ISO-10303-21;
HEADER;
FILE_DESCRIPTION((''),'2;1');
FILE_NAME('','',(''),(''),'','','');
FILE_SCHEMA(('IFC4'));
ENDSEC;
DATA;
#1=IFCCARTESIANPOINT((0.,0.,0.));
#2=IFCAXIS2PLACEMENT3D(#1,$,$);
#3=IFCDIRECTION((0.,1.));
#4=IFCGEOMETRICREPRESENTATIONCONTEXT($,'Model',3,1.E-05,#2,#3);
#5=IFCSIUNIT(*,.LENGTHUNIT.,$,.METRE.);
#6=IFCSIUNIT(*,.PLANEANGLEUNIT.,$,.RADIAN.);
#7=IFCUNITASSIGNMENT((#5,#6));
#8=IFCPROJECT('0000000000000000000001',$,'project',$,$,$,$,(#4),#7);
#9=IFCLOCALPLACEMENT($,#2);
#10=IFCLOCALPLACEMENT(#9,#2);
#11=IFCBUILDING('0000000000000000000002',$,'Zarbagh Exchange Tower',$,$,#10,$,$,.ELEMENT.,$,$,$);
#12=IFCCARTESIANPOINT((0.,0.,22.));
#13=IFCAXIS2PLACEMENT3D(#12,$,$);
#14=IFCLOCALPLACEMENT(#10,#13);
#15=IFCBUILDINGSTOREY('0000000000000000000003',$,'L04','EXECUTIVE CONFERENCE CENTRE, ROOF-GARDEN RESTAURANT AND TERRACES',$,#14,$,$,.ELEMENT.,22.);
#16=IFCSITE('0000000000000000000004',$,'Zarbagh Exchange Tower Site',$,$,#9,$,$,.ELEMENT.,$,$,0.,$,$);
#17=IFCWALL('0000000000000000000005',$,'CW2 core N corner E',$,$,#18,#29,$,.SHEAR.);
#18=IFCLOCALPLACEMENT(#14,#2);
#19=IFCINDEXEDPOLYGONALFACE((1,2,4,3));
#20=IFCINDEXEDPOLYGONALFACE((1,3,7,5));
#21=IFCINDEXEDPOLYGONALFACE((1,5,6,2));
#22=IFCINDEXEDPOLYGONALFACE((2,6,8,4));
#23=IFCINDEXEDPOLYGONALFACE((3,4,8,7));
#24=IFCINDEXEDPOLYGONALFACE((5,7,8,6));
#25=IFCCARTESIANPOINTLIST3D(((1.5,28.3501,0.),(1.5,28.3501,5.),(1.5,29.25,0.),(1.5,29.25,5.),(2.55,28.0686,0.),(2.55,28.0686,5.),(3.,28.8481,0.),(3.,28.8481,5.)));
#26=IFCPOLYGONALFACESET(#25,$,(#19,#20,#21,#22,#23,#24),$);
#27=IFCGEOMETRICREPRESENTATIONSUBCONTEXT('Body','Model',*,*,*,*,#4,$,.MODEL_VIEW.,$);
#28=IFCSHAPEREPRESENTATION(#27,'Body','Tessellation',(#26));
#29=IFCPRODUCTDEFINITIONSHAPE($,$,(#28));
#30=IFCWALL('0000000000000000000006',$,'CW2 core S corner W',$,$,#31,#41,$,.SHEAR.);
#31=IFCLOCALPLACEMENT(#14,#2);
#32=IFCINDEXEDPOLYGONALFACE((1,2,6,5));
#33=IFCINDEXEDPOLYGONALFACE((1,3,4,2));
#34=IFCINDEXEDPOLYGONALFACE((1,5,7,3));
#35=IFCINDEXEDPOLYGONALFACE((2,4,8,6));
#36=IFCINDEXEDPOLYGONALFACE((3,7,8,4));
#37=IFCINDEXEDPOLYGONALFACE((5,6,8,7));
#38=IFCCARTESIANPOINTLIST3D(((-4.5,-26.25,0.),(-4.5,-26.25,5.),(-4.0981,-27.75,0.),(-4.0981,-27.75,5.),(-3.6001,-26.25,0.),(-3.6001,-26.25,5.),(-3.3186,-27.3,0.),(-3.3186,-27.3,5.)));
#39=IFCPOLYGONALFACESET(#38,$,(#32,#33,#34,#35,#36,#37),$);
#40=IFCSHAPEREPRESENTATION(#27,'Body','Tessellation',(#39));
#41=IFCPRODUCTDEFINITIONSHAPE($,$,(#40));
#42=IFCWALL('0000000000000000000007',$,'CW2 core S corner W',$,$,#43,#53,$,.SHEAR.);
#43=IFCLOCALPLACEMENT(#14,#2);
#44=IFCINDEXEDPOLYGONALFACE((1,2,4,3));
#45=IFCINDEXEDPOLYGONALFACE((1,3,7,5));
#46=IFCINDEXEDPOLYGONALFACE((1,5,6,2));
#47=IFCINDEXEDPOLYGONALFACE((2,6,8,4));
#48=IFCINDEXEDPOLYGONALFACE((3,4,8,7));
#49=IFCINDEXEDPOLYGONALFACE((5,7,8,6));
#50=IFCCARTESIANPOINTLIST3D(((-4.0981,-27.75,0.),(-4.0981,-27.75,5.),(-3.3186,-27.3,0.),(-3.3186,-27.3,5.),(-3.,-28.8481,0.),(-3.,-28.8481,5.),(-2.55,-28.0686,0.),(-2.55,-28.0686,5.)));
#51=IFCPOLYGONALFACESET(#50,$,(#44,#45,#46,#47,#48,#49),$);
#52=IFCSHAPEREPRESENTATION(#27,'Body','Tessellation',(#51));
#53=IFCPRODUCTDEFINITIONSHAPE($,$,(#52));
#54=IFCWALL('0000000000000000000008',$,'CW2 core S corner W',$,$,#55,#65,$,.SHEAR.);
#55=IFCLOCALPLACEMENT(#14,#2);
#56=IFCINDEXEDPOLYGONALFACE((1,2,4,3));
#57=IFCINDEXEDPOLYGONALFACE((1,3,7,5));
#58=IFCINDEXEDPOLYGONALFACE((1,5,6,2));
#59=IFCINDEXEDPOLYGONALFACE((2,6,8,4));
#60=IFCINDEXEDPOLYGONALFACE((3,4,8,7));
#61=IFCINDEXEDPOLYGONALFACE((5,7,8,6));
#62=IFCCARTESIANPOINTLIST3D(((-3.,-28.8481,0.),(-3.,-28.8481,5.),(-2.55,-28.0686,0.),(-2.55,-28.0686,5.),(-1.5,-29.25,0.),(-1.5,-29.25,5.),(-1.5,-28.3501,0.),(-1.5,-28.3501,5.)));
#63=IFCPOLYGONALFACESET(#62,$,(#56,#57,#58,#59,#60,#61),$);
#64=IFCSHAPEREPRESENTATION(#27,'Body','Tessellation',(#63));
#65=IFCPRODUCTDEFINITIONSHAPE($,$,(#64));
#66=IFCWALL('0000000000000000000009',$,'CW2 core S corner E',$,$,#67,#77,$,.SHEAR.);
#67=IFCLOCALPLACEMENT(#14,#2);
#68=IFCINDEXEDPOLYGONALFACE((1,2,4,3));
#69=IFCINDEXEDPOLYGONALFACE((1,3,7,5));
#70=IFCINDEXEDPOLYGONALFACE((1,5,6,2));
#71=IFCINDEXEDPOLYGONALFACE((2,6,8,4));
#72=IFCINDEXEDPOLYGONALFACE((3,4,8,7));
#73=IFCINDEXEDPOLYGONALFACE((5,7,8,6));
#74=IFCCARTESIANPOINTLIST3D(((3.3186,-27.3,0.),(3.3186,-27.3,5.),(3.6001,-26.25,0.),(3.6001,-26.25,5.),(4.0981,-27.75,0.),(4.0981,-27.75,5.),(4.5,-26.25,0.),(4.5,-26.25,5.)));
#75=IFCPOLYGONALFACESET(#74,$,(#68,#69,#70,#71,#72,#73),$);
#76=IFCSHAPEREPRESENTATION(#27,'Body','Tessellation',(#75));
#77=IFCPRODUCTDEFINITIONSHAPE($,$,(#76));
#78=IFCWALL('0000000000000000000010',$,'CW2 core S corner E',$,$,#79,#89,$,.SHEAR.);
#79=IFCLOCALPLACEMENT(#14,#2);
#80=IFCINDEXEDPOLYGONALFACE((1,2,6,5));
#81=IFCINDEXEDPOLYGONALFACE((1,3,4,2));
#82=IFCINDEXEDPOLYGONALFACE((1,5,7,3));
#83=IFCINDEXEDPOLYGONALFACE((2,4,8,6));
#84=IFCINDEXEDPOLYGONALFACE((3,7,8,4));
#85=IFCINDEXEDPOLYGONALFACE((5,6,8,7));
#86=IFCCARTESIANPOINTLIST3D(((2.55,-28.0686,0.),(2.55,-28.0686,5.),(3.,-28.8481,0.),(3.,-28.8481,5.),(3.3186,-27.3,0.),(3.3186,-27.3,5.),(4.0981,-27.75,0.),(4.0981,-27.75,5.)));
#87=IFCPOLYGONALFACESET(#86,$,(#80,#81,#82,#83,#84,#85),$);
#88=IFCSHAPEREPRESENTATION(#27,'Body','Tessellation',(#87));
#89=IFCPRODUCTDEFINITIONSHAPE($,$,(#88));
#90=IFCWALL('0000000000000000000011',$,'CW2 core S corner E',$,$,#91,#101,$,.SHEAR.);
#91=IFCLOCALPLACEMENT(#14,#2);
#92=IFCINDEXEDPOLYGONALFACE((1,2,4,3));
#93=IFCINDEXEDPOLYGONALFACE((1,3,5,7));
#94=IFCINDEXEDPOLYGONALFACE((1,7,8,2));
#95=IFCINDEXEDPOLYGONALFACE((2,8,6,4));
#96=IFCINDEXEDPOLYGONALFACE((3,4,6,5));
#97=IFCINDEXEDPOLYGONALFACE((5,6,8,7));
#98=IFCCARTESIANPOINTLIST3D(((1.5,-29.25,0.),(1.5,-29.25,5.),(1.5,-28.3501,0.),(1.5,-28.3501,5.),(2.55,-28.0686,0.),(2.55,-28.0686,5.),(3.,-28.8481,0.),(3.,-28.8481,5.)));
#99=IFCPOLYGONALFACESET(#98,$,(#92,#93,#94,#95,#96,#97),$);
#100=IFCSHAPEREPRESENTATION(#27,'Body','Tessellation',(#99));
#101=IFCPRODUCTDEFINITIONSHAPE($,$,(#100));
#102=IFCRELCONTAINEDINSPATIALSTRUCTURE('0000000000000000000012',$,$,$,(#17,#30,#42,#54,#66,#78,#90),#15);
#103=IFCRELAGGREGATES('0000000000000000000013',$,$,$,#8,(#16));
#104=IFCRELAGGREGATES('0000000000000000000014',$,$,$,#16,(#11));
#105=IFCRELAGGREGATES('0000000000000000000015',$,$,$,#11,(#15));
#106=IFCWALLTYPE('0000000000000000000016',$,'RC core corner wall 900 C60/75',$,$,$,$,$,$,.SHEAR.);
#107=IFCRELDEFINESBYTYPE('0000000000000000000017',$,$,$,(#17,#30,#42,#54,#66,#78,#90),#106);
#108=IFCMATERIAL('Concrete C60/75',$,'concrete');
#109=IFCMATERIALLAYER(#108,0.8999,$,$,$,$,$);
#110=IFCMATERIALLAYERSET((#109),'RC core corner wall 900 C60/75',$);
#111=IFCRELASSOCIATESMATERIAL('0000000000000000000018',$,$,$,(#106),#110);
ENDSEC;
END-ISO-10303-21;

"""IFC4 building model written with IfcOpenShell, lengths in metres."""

from ifc_helpers import new_model, si_unit, direction, frame, origin, place, context, subcontext, project, spatial, polyline, outline, extrude, material, layer, layer_set, type_object, element, save


model = new_model("IFC4")

# Units and contexts
model_context = context("Model", 3, precision=1e-05, world=origin(), true_north=direction((0.0, 1.0)))
body_context = subcontext(model_context, "Body", "Model", "MODEL_VIEW")
ifc_project = project(units=[si_unit("LENGTHUNIT", "METRE"), si_unit("PLANEANGLEUNIT", "RADIAN")], contexts=[model_context])

# Site, building, storey
site_placement = place(None, origin())
site = spatial("IfcSite", under=ifc_project, at=site_placement, Name="Zarbagh Exchange Tower Site", CompositionType="ELEMENT", RefElevation=0.0)
building_placement = place(site_placement, origin())
building = spatial("IfcBuilding", under=site, at=building_placement, Name="Zarbagh Exchange Tower", CompositionType="ELEMENT")
storey_placement = place(building_placement, frame((0.0, 0.0, 22.0)))
storey = spatial("IfcBuildingStorey", under=building, at=storey_placement, Name="L04", Description="EXECUTIVE CONFERENCE CENTRE, ROOF-GARDEN RESTAURANT AND TERRACES", CompositionType="ELEMENT", Elevation=22.0)

# Walls
ifc_material_1 = material(Name="Concrete C60/75", Category="concrete")
ifc_layer_1 = layer(ifc_material_1, 0.8999)
ifc_layer_set_1 = layer_set([ifc_layer_1], Name="RC core corner wall 900 C60/75")
wall_type = type_object("IfcWallType", Name="RC core corner wall 900 C60/75", PredefinedType="SHEAR", material=ifc_layer_set_1)
wall_1_placement = place(storey_placement, origin())
element("IfcWall", 1, at=wall_1_placement, inside=storey, type_object=wall_type, Name="CW2 core N corner E", PredefinedType="SHEAR", context=body_context, shape_type="SweptSolid", body=[
    extrude(outline(polyline([(3.0, 28.8481), (1.5, 29.25), (1.5, 28.3501), (2.55, 28.0686), (3.0, 28.8481)])), origin(), (0.0, 0.0, 1.0), 5.0),
])
wall_2_placement = place(storey_placement, origin())
element("IfcWall", 2, at=wall_2_placement, inside=storey, type_object=wall_type, Name="CW2 core S corner W", PredefinedType="SHEAR", context=body_context, shape_type="SweptSolid", body=[
    extrude(outline(polyline([(-4.5, -26.25), (-4.0981, -27.75), (-3.3186, -27.3), (-3.6001, -26.25), (-4.5, -26.25)])), origin(), (0.0, 0.0, 1.0), 5.0),
])
wall_3_placement = place(storey_placement, origin())
element("IfcWall", 3, at=wall_3_placement, inside=storey, type_object=wall_type, Name="CW2 core S corner W", PredefinedType="SHEAR", context=body_context, shape_type="SweptSolid", body=[
    extrude(outline(polyline([(-4.0981, -27.75), (-3.0, -28.8481), (-2.55, -28.0686), (-3.3186, -27.3), (-4.0981, -27.75)])), origin(), (0.0, 0.0, 1.0), 5.0),
])
wall_4_placement = place(storey_placement, origin())
element("IfcWall", 4, at=wall_4_placement, inside=storey, type_object=wall_type, Name="CW2 core S corner W", PredefinedType="SHEAR", context=body_context, shape_type="SweptSolid", body=[
    extrude(outline(polyline([(-3.0, -28.8481), (-1.5, -29.25), (-1.5, -28.3501), (-2.55, -28.0686), (-3.0, -28.8481)])), origin(), (0.0, 0.0, 1.0), 5.0),
])
wall_5_placement = place(storey_placement, origin())
element("IfcWall", 5, at=wall_5_placement, inside=storey, type_object=wall_type, Name="CW2 core S corner E", PredefinedType="SHEAR", context=body_context, shape_type="SweptSolid", body=[
    extrude(outline(polyline([(4.5, -26.25), (4.0981, -27.75), (3.3186, -27.3), (3.6001, -26.25), (4.5, -26.25)])), origin(), (0.0, 0.0, 1.0), 5.0),
])
wall_6_placement = place(storey_placement, origin())
element("IfcWall", 6, at=wall_6_placement, inside=storey, type_object=wall_type, Name="CW2 core S corner E", PredefinedType="SHEAR", context=body_context, shape_type="SweptSolid", body=[
    extrude(outline(polyline([(4.0981, -27.75), (3.0, -28.8481), (2.55, -28.0686), (3.3186, -27.3), (4.0981, -27.75)])), origin(), (0.0, 0.0, 1.0), 5.0),
])
wall_7_placement = place(storey_placement, origin())
element("IfcWall", 7, at=wall_7_placement, inside=storey, type_object=wall_type, Name="CW2 core S corner E", PredefinedType="SHEAR", context=body_context, shape_type="SweptSolid", body=[
    extrude(outline(polyline([(3.0, -28.8481), (1.5, -29.25), (1.5, -28.3501), (2.55, -28.0686), (3.0, -28.8481)])), origin(), (0.0, 0.0, 1.0), 5.0),
])

save(model, "model.ifc")
